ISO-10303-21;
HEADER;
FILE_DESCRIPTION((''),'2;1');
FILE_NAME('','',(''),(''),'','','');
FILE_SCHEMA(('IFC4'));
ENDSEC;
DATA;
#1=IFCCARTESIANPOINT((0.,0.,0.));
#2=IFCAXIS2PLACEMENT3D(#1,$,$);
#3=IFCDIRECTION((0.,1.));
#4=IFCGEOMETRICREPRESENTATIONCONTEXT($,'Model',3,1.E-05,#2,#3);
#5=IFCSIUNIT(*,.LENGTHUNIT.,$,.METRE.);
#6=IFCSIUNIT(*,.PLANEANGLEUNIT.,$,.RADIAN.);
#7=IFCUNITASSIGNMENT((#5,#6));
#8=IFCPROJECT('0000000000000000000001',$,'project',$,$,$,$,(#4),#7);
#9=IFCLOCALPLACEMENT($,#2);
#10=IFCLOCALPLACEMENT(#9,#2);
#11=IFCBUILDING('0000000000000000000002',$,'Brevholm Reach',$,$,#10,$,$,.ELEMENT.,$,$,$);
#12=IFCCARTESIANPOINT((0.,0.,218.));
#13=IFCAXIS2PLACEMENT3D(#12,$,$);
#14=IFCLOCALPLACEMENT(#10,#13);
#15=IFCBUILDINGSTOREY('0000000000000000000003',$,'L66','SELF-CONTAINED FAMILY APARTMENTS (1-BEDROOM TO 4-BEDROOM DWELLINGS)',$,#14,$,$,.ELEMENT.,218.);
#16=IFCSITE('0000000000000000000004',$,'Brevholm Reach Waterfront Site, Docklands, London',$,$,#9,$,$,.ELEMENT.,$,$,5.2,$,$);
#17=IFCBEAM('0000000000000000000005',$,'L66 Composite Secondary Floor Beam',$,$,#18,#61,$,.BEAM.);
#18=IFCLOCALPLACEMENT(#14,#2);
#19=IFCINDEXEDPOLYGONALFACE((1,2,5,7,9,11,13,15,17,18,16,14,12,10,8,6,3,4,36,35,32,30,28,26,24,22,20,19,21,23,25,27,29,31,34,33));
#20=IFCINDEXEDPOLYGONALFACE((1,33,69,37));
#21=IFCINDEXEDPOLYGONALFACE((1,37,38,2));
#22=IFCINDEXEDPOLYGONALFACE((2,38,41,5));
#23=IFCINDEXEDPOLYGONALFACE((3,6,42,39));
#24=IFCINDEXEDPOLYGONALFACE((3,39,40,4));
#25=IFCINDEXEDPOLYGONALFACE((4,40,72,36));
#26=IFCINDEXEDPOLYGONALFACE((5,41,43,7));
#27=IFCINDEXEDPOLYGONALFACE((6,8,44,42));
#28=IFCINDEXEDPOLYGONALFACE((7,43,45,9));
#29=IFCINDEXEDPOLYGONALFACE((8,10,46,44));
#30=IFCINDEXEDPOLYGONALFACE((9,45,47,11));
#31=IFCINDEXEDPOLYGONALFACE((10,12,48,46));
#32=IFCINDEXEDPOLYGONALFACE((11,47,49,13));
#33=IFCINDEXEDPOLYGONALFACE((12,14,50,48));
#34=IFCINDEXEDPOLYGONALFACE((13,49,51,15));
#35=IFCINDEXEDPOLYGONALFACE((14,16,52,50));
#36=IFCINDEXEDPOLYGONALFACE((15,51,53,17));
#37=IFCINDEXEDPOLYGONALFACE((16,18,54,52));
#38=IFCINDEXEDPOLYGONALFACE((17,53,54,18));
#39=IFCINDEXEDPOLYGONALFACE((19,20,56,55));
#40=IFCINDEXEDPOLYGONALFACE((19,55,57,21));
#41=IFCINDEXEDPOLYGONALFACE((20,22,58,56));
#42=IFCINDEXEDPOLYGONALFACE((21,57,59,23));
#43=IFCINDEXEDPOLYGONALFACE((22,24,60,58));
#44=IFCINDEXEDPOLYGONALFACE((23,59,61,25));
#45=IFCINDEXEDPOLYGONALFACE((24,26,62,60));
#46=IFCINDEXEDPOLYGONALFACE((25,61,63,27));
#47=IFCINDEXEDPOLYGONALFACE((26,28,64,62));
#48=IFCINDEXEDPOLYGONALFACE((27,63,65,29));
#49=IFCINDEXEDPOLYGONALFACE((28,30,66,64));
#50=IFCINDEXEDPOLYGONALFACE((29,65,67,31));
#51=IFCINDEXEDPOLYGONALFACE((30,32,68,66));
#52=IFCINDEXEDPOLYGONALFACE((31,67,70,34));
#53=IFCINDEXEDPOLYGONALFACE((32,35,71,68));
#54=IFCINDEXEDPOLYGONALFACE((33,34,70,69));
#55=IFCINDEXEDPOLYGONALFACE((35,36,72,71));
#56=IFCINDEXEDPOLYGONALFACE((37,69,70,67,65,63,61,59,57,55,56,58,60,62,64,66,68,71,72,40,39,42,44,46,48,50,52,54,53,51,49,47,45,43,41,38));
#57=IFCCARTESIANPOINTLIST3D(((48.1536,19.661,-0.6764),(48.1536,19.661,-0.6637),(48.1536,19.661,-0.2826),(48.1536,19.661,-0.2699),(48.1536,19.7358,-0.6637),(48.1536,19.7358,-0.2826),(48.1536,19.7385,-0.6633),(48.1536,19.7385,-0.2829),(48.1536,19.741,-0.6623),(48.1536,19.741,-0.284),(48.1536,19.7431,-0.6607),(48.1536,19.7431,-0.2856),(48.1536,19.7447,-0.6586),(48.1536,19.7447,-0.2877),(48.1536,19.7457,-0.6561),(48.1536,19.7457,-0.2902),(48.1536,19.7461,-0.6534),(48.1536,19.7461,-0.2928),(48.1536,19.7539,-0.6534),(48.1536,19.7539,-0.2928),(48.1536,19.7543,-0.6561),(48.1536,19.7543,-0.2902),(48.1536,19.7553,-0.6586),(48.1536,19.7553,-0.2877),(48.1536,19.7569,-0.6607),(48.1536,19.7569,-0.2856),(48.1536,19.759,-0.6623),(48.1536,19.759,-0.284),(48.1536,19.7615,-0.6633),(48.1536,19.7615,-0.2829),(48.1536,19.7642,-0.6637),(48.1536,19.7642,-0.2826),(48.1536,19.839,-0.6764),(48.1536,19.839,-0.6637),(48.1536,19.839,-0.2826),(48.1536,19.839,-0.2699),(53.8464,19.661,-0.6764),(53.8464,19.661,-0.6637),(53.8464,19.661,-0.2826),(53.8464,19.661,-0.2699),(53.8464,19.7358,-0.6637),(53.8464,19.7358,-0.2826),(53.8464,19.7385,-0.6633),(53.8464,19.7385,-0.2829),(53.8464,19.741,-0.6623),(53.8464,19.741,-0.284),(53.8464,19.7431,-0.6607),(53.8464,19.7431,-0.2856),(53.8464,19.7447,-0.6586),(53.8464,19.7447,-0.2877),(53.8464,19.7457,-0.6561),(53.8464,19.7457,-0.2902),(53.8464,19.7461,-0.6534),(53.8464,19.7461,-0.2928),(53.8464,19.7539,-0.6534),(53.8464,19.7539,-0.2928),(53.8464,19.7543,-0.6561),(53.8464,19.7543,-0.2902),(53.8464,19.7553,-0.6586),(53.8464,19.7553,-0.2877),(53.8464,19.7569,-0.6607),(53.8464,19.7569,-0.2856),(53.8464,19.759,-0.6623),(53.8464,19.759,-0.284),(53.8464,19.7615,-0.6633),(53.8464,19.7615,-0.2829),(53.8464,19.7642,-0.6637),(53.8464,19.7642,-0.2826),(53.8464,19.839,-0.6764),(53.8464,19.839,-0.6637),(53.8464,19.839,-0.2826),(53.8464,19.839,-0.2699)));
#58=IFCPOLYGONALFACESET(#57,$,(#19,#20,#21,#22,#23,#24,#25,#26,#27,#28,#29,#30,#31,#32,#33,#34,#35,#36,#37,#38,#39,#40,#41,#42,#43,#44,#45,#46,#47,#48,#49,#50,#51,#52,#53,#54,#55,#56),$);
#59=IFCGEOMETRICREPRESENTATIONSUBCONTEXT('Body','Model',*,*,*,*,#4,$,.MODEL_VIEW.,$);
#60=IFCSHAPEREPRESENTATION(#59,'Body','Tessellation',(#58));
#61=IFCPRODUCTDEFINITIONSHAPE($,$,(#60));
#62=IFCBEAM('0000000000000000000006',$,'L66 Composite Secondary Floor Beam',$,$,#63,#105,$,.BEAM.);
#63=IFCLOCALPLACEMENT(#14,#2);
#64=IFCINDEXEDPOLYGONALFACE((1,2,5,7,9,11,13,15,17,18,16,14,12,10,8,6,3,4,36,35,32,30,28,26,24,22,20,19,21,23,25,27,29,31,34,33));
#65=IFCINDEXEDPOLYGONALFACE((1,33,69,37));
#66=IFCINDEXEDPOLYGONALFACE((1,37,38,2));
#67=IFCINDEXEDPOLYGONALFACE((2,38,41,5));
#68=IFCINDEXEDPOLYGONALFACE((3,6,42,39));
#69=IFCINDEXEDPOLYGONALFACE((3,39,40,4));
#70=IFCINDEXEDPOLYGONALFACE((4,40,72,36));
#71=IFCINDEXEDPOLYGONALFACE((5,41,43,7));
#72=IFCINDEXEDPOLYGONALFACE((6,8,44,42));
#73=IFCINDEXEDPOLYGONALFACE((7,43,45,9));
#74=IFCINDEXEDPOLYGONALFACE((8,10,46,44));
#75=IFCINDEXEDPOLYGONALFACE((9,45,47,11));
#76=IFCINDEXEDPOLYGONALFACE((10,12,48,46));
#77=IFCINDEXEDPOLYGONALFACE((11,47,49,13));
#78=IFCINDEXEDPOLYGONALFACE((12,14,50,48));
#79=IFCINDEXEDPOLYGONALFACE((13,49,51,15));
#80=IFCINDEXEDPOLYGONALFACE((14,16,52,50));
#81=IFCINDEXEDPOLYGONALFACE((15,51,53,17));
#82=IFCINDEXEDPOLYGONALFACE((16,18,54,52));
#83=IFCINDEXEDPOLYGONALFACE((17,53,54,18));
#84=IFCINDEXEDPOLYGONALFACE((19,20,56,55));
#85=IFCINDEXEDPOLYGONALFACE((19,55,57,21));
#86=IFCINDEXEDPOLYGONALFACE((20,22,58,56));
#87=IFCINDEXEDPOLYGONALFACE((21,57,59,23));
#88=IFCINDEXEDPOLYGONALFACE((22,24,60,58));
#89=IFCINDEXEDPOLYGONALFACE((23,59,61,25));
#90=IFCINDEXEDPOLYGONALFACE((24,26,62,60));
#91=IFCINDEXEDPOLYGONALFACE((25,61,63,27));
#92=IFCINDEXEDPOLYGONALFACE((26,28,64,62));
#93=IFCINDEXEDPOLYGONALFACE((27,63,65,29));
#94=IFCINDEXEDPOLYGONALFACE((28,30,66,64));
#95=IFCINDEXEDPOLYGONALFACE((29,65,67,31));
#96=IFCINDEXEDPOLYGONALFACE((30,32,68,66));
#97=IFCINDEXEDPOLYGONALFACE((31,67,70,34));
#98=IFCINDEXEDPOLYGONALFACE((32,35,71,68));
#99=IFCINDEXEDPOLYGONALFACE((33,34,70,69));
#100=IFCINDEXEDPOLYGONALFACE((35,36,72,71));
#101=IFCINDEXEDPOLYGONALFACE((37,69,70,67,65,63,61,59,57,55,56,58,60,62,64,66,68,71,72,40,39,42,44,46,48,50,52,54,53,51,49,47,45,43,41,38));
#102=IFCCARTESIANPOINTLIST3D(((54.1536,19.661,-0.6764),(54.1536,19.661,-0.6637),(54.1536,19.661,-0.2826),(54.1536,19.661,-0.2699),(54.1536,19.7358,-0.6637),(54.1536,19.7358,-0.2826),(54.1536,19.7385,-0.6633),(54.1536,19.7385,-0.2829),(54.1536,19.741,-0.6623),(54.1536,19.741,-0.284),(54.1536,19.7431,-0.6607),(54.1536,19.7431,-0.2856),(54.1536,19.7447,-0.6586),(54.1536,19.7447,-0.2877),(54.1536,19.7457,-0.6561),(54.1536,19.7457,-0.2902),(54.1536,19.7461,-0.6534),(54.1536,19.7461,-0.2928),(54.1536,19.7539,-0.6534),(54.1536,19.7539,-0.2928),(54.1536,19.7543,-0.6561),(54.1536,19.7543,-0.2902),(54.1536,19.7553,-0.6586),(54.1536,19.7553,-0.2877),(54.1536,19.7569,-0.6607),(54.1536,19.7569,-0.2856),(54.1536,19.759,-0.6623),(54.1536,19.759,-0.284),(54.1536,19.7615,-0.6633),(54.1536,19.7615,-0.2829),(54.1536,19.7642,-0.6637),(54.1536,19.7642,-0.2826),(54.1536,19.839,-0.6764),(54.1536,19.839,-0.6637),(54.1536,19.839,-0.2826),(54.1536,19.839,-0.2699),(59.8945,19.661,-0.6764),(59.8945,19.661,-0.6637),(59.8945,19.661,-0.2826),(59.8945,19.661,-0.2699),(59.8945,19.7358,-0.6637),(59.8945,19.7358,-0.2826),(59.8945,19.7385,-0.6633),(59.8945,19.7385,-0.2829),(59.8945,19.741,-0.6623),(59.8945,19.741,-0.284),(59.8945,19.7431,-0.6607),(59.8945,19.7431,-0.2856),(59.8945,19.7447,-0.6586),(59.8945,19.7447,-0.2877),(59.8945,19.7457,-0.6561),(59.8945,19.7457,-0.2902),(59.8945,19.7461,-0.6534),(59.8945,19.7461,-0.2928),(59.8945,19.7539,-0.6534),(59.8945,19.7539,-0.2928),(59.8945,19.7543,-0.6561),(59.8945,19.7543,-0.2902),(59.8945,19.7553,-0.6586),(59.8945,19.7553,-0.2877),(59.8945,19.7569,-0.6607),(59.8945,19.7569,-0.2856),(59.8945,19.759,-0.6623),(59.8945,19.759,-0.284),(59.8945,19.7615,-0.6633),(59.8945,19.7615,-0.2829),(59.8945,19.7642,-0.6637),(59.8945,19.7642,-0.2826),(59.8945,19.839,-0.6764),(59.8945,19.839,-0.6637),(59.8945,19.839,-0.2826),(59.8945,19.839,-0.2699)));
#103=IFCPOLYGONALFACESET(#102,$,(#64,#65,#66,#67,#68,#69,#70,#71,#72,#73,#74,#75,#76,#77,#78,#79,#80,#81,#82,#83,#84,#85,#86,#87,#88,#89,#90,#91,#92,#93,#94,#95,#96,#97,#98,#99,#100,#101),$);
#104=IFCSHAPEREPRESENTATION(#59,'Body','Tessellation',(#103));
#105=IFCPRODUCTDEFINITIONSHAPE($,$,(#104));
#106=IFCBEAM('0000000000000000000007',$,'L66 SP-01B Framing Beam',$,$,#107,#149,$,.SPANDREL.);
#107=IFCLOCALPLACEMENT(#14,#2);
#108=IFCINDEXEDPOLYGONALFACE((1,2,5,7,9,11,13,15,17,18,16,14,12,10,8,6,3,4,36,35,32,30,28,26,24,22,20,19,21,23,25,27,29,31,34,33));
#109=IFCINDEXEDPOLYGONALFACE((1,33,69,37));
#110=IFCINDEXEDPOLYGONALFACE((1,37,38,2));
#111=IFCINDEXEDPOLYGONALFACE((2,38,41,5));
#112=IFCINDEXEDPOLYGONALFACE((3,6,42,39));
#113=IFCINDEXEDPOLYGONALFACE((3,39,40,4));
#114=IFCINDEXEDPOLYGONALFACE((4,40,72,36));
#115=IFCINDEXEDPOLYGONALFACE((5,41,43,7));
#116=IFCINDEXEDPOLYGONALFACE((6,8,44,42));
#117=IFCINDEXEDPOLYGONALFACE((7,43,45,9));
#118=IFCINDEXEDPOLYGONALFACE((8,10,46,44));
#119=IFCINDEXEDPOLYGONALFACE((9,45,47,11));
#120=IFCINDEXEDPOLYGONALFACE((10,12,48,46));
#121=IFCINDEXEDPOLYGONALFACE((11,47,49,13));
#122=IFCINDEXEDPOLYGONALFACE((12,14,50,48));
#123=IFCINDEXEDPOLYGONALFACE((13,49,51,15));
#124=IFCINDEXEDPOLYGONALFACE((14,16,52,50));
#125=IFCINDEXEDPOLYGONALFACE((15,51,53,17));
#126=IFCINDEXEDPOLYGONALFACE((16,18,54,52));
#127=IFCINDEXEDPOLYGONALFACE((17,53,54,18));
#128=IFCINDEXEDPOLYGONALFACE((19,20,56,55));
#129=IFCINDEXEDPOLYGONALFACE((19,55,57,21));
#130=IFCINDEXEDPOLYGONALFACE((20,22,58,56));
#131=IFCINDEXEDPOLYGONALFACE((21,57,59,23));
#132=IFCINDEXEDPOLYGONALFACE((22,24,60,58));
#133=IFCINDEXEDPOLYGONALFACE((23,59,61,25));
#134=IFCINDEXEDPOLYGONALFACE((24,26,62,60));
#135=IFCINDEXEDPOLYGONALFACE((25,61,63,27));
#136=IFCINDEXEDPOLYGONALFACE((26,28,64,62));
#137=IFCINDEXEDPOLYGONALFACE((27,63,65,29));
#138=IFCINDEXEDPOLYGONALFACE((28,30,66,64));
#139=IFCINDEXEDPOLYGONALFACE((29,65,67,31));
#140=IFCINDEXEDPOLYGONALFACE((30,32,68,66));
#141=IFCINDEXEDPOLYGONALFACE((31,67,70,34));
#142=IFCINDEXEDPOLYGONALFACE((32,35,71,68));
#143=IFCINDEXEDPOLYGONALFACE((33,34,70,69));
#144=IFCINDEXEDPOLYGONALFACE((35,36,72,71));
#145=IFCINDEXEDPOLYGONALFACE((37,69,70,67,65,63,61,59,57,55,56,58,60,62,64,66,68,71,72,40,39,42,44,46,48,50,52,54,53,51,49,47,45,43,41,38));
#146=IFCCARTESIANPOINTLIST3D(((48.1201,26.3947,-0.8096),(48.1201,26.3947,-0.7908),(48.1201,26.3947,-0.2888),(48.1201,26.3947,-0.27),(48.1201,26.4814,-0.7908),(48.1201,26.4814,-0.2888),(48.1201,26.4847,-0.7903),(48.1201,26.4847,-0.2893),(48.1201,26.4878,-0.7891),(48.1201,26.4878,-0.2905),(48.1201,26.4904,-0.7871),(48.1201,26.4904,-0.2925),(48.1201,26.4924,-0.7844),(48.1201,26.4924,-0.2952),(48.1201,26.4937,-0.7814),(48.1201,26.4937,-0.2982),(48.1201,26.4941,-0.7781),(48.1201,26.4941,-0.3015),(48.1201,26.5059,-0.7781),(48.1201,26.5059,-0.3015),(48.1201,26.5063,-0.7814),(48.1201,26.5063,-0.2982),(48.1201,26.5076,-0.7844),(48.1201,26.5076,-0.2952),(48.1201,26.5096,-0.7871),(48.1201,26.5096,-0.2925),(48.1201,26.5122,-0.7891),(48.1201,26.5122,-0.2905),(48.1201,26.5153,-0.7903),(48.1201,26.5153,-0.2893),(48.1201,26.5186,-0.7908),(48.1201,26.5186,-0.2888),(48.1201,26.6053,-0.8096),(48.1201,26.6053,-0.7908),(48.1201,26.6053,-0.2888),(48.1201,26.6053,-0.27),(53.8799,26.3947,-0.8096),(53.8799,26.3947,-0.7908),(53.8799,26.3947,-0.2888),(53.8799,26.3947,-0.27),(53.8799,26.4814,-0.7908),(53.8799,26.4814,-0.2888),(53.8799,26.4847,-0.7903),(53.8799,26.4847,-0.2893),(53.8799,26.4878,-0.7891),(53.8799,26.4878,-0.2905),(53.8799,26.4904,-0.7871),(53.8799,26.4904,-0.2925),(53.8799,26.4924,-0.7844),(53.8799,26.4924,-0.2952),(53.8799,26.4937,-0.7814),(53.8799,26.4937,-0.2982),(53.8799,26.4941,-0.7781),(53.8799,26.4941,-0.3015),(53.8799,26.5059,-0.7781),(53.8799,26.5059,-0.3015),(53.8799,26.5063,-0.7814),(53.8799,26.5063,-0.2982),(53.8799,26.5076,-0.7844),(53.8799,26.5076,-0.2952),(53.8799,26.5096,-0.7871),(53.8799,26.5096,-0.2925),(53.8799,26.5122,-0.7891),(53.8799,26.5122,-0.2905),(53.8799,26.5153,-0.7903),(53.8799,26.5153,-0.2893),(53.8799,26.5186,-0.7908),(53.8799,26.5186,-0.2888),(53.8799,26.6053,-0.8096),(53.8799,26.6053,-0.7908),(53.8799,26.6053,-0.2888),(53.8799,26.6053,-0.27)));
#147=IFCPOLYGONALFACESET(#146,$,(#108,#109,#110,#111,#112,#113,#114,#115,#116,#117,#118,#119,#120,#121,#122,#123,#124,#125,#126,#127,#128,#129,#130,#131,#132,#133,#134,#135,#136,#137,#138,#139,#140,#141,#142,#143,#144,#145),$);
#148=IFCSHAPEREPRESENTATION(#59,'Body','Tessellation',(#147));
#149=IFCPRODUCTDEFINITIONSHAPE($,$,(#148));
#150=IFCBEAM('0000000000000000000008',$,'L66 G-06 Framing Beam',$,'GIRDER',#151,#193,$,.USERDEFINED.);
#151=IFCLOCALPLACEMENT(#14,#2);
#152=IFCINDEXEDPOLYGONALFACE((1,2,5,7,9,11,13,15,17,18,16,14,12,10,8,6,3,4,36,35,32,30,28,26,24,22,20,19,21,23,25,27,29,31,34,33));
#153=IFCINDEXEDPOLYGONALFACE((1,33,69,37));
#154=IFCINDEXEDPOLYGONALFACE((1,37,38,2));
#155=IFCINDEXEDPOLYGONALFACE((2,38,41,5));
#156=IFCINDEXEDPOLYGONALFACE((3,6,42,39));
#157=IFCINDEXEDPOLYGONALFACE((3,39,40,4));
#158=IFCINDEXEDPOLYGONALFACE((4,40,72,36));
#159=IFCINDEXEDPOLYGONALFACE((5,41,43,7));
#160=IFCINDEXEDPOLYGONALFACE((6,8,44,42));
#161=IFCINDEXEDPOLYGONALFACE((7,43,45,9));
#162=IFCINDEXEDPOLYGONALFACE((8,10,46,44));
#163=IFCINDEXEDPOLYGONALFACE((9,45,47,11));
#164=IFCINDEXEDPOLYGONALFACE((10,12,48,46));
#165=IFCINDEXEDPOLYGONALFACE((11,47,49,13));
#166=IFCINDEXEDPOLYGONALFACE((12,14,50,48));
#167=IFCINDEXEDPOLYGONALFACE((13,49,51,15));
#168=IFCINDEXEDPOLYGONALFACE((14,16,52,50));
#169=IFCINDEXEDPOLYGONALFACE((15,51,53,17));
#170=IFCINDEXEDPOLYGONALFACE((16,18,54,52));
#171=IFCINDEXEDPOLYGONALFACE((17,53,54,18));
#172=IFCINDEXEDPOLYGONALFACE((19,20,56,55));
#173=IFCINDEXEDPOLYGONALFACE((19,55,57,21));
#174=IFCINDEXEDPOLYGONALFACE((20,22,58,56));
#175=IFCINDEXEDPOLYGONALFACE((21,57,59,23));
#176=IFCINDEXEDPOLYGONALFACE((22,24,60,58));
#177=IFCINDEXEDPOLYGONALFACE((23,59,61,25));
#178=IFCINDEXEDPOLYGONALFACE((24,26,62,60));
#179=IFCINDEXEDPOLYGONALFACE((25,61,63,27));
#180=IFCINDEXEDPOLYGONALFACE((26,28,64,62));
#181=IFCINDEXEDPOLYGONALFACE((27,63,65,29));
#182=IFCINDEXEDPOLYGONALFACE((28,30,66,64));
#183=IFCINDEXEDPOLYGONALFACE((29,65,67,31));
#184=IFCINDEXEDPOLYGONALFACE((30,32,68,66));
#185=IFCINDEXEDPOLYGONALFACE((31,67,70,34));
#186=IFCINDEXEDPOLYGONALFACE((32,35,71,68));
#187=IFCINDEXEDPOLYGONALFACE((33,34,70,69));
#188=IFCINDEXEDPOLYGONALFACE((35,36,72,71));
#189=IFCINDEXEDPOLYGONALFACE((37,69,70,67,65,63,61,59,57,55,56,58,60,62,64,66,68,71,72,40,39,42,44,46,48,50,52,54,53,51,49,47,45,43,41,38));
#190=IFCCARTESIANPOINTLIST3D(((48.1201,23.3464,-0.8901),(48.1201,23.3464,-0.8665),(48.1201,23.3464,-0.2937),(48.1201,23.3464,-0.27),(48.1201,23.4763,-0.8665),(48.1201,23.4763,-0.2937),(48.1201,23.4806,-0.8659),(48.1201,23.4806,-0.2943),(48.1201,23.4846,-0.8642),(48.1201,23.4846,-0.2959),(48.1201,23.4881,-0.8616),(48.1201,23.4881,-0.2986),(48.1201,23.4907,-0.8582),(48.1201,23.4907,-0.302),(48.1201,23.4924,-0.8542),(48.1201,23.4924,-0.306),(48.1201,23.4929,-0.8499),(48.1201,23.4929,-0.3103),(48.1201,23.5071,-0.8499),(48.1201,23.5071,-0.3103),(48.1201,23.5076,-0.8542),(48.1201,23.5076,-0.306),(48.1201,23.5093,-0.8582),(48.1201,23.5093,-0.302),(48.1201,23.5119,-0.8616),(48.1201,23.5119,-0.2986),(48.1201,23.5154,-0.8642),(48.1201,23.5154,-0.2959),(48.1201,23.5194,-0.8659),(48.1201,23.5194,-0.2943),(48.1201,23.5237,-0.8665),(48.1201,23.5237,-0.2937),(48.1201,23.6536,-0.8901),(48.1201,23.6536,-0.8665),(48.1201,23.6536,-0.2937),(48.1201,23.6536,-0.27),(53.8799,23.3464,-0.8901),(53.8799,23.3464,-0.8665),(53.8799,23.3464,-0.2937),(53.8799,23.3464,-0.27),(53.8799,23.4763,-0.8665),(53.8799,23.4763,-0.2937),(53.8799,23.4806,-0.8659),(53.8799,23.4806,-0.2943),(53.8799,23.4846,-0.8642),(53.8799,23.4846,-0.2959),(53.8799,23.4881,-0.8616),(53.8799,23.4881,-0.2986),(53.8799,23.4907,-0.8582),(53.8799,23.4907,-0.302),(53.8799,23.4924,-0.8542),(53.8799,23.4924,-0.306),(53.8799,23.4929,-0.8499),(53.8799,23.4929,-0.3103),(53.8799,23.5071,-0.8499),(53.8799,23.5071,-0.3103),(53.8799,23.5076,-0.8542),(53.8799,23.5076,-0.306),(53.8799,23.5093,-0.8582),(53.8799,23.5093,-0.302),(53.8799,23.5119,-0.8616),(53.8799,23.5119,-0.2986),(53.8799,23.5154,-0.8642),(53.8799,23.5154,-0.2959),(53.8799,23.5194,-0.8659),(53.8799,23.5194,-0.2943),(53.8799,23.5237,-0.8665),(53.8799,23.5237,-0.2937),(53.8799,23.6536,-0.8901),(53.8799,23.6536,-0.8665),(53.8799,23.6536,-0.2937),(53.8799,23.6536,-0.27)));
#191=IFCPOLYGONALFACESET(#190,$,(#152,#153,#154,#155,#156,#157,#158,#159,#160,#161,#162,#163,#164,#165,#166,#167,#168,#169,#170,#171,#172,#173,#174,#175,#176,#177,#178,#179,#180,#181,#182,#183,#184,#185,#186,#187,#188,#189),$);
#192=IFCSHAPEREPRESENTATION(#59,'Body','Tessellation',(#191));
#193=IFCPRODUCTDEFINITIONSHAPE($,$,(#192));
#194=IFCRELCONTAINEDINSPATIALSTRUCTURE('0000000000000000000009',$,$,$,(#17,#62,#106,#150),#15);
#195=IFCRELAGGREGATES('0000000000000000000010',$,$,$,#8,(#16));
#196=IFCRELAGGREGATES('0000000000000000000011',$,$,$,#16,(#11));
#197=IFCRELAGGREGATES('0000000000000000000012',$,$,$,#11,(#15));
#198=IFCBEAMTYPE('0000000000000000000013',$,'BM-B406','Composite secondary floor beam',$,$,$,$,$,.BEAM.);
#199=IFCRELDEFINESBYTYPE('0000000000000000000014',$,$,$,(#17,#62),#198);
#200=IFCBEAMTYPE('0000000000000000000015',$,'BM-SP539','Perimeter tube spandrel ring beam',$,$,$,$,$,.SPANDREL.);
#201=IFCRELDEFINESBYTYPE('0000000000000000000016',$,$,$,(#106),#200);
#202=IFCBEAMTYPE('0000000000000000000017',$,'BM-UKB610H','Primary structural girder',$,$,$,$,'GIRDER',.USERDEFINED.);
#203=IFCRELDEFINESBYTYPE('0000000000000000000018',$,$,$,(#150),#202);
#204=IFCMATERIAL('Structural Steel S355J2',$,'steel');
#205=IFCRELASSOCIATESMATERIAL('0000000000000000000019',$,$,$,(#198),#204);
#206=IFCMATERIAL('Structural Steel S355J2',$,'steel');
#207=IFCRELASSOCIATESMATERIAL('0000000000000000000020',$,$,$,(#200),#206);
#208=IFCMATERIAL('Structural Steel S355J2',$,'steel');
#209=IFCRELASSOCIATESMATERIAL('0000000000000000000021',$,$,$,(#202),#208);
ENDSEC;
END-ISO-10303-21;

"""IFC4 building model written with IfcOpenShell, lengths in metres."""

from ifc_helpers import new_model, si_unit, direction, frame, origin, origin_2d, place, context, subcontext, project, spatial, i_section, extrude, material, material_profile, profile_set, type_object, element, save


model = new_model("IFC4")

# Units and contexts
model_context = context("Model", 3, precision=1e-05, world=origin(), true_north=direction((0.0, 1.0)))
body_context = subcontext(model_context, "Body", "Model", "MODEL_VIEW")
ifc_project = project(units=[si_unit("LENGTHUNIT", "METRE"), si_unit("PLANEANGLEUNIT", "RADIAN")], contexts=[model_context])

# Site, building, storey
site_placement = place(None, origin())
site = spatial("IfcSite", under=ifc_project, at=site_placement, Name="Brevholm Reach Waterfront Site, Docklands, London", CompositionType="ELEMENT", RefElevation=5.2)
building_placement = place(site_placement, origin())
building = spatial("IfcBuilding", under=site, at=building_placement, Name="Brevholm Reach", CompositionType="ELEMENT")
storey_placement = place(building_placement, frame((0.0, 0.0, 218.0)))
storey = spatial("IfcBuildingStorey", under=building, at=storey_placement, Name="L66", Description="SELF-CONTAINED FAMILY APARTMENTS (1-BEDROOM TO 4-BEDROOM DWELLINGS)", CompositionType="ELEMENT", Elevation=218.0)

# Beams
ifc_material_1 = material(Name="Structural Steel S355J2", Category="steel")
ifc_material_profile_1 = material_profile(ifc_material_1, i_section(OverallWidth=0.178, OverallDepth=0.4065, WebThickness=0.0078, FlangeThickness=0.0127, FilletRadius=0.0103, at=origin_2d()), Name="UKB 406x178x60")
ifc_profile_set_1 = profile_set([ifc_material_profile_1], Name="Structural Steel S355J2")
beam_type_1 = type_object("IfcBeamType", Name="BM-B406", Description="Composite secondary floor beam", PredefinedType="BEAM", material=ifc_profile_set_1)
beam_1_placement = place(storey_placement, frame((48.1536, 19.75, -0.4731), z_axis=(1.0, 0.0, 0.0), x_axis=(0.0, 1.0, 0.0)))
element("IfcBeam", 1, at=beam_1_placement, inside=storey, type_object=beam_type_1, Name="L66 Composite Secondary Floor Beam", PredefinedType="BEAM", context=body_context, shape_type="SweptSolid", body=[
    extrude(i_section(OverallWidth=0.178, OverallDepth=0.4065, WebThickness=0.0078, FlangeThickness=0.0127, FilletRadius=0.0103, at=origin_2d()), origin(), (0.0, 0.0, 1.0), 5.6929),
])
beam_2_placement = place(storey_placement, frame((54.1536, 19.75, -0.4731), z_axis=(1.0, 0.0, 0.0), x_axis=(0.0, 1.0, 0.0)))
element("IfcBeam", 2, at=beam_2_placement, inside=storey, type_object=beam_type_1, Name="L66 Composite Secondary Floor Beam", PredefinedType="BEAM", context=body_context, shape_type="SweptSolid", body=[
    extrude(i_section(OverallWidth=0.178, OverallDepth=0.4065, WebThickness=0.0078, FlangeThickness=0.0127, FilletRadius=0.0103, at=origin_2d()), origin(), (0.0, 0.0, 1.0), 5.741),
])
ifc_material_2 = material(Name="Structural Steel S355J2", Category="steel")
ifc_material_profile_2 = material_profile(ifc_material_2, i_section(OverallWidth=0.2107, OverallDepth=0.5396, WebThickness=0.0117, FlangeThickness=0.0188, FilletRadius=0.0127, at=origin_2d()), Name="UKB 533x210x109")
ifc_profile_set_2 = profile_set([ifc_material_profile_2], Name="Structural Steel S355J2")
beam_type_2 = type_object("IfcBeamType", Name="BM-SP539", Description="Perimeter tube spandrel ring beam", PredefinedType="SPANDREL", material=ifc_profile_set_2)
beam_3_placement = place(storey_placement, frame((48.1201, 26.5, -0.5398), z_axis=(1.0, 0.0, 0.0), x_axis=(0.0, 1.0, 0.0)))
element("IfcBeam", 3, at=beam_3_placement, inside=storey, type_object=beam_type_2, Name="L66 SP-01B Framing Beam", PredefinedType="SPANDREL", context=body_context, shape_type="SweptSolid", body=[
    extrude(i_section(OverallWidth=0.2107, OverallDepth=0.5396, WebThickness=0.0117, FlangeThickness=0.0188, FilletRadius=0.0127, at=origin_2d()), origin(), (0.0, 0.0, 1.0), 5.7598),
])
ifc_material_3 = material(Name="Structural Steel S355J2", Category="steel")
ifc_material_profile_3 = material_profile(ifc_material_3, i_section(OverallWidth=0.3071, OverallDepth=0.6201, WebThickness=0.0142, FlangeThickness=0.0237, FilletRadius=0.0166, at=origin_2d()), Name="UKB 610x305x179")
ifc_profile_set_3 = profile_set([ifc_material_profile_3], Name="Structural Steel S355J2")
beam_type_3 = type_object("IfcBeamType", Name="BM-UKB610H", Description="Primary structural girder", ElementType="GIRDER", PredefinedType="USERDEFINED", material=ifc_profile_set_3)
for number, where, z_axis, x_axis, name in (
    (4, (48.1201, 23.5, -0.5801), (1.0, 0.0, 0.0), (0.0, 1.0, 0.0), "L66 G-06 Framing Beam"),
):
    element("IfcBeam", number, at=place(storey_placement, frame(where, z_axis=z_axis, x_axis=x_axis)), inside=storey, type_object=beam_type_3, Name=name, ObjectType="GIRDER", PredefinedType="USERDEFINED", context=body_context, shape_type="SweptSolid", body=[
        extrude(i_section(OverallWidth=0.3071, OverallDepth=0.6201, WebThickness=0.0142, FlangeThickness=0.0237, FilletRadius=0.0166, at=origin_2d()), origin(), (0.0, 0.0, 1.0), 5.7598),
    ])

save(model, "model.ifc")
